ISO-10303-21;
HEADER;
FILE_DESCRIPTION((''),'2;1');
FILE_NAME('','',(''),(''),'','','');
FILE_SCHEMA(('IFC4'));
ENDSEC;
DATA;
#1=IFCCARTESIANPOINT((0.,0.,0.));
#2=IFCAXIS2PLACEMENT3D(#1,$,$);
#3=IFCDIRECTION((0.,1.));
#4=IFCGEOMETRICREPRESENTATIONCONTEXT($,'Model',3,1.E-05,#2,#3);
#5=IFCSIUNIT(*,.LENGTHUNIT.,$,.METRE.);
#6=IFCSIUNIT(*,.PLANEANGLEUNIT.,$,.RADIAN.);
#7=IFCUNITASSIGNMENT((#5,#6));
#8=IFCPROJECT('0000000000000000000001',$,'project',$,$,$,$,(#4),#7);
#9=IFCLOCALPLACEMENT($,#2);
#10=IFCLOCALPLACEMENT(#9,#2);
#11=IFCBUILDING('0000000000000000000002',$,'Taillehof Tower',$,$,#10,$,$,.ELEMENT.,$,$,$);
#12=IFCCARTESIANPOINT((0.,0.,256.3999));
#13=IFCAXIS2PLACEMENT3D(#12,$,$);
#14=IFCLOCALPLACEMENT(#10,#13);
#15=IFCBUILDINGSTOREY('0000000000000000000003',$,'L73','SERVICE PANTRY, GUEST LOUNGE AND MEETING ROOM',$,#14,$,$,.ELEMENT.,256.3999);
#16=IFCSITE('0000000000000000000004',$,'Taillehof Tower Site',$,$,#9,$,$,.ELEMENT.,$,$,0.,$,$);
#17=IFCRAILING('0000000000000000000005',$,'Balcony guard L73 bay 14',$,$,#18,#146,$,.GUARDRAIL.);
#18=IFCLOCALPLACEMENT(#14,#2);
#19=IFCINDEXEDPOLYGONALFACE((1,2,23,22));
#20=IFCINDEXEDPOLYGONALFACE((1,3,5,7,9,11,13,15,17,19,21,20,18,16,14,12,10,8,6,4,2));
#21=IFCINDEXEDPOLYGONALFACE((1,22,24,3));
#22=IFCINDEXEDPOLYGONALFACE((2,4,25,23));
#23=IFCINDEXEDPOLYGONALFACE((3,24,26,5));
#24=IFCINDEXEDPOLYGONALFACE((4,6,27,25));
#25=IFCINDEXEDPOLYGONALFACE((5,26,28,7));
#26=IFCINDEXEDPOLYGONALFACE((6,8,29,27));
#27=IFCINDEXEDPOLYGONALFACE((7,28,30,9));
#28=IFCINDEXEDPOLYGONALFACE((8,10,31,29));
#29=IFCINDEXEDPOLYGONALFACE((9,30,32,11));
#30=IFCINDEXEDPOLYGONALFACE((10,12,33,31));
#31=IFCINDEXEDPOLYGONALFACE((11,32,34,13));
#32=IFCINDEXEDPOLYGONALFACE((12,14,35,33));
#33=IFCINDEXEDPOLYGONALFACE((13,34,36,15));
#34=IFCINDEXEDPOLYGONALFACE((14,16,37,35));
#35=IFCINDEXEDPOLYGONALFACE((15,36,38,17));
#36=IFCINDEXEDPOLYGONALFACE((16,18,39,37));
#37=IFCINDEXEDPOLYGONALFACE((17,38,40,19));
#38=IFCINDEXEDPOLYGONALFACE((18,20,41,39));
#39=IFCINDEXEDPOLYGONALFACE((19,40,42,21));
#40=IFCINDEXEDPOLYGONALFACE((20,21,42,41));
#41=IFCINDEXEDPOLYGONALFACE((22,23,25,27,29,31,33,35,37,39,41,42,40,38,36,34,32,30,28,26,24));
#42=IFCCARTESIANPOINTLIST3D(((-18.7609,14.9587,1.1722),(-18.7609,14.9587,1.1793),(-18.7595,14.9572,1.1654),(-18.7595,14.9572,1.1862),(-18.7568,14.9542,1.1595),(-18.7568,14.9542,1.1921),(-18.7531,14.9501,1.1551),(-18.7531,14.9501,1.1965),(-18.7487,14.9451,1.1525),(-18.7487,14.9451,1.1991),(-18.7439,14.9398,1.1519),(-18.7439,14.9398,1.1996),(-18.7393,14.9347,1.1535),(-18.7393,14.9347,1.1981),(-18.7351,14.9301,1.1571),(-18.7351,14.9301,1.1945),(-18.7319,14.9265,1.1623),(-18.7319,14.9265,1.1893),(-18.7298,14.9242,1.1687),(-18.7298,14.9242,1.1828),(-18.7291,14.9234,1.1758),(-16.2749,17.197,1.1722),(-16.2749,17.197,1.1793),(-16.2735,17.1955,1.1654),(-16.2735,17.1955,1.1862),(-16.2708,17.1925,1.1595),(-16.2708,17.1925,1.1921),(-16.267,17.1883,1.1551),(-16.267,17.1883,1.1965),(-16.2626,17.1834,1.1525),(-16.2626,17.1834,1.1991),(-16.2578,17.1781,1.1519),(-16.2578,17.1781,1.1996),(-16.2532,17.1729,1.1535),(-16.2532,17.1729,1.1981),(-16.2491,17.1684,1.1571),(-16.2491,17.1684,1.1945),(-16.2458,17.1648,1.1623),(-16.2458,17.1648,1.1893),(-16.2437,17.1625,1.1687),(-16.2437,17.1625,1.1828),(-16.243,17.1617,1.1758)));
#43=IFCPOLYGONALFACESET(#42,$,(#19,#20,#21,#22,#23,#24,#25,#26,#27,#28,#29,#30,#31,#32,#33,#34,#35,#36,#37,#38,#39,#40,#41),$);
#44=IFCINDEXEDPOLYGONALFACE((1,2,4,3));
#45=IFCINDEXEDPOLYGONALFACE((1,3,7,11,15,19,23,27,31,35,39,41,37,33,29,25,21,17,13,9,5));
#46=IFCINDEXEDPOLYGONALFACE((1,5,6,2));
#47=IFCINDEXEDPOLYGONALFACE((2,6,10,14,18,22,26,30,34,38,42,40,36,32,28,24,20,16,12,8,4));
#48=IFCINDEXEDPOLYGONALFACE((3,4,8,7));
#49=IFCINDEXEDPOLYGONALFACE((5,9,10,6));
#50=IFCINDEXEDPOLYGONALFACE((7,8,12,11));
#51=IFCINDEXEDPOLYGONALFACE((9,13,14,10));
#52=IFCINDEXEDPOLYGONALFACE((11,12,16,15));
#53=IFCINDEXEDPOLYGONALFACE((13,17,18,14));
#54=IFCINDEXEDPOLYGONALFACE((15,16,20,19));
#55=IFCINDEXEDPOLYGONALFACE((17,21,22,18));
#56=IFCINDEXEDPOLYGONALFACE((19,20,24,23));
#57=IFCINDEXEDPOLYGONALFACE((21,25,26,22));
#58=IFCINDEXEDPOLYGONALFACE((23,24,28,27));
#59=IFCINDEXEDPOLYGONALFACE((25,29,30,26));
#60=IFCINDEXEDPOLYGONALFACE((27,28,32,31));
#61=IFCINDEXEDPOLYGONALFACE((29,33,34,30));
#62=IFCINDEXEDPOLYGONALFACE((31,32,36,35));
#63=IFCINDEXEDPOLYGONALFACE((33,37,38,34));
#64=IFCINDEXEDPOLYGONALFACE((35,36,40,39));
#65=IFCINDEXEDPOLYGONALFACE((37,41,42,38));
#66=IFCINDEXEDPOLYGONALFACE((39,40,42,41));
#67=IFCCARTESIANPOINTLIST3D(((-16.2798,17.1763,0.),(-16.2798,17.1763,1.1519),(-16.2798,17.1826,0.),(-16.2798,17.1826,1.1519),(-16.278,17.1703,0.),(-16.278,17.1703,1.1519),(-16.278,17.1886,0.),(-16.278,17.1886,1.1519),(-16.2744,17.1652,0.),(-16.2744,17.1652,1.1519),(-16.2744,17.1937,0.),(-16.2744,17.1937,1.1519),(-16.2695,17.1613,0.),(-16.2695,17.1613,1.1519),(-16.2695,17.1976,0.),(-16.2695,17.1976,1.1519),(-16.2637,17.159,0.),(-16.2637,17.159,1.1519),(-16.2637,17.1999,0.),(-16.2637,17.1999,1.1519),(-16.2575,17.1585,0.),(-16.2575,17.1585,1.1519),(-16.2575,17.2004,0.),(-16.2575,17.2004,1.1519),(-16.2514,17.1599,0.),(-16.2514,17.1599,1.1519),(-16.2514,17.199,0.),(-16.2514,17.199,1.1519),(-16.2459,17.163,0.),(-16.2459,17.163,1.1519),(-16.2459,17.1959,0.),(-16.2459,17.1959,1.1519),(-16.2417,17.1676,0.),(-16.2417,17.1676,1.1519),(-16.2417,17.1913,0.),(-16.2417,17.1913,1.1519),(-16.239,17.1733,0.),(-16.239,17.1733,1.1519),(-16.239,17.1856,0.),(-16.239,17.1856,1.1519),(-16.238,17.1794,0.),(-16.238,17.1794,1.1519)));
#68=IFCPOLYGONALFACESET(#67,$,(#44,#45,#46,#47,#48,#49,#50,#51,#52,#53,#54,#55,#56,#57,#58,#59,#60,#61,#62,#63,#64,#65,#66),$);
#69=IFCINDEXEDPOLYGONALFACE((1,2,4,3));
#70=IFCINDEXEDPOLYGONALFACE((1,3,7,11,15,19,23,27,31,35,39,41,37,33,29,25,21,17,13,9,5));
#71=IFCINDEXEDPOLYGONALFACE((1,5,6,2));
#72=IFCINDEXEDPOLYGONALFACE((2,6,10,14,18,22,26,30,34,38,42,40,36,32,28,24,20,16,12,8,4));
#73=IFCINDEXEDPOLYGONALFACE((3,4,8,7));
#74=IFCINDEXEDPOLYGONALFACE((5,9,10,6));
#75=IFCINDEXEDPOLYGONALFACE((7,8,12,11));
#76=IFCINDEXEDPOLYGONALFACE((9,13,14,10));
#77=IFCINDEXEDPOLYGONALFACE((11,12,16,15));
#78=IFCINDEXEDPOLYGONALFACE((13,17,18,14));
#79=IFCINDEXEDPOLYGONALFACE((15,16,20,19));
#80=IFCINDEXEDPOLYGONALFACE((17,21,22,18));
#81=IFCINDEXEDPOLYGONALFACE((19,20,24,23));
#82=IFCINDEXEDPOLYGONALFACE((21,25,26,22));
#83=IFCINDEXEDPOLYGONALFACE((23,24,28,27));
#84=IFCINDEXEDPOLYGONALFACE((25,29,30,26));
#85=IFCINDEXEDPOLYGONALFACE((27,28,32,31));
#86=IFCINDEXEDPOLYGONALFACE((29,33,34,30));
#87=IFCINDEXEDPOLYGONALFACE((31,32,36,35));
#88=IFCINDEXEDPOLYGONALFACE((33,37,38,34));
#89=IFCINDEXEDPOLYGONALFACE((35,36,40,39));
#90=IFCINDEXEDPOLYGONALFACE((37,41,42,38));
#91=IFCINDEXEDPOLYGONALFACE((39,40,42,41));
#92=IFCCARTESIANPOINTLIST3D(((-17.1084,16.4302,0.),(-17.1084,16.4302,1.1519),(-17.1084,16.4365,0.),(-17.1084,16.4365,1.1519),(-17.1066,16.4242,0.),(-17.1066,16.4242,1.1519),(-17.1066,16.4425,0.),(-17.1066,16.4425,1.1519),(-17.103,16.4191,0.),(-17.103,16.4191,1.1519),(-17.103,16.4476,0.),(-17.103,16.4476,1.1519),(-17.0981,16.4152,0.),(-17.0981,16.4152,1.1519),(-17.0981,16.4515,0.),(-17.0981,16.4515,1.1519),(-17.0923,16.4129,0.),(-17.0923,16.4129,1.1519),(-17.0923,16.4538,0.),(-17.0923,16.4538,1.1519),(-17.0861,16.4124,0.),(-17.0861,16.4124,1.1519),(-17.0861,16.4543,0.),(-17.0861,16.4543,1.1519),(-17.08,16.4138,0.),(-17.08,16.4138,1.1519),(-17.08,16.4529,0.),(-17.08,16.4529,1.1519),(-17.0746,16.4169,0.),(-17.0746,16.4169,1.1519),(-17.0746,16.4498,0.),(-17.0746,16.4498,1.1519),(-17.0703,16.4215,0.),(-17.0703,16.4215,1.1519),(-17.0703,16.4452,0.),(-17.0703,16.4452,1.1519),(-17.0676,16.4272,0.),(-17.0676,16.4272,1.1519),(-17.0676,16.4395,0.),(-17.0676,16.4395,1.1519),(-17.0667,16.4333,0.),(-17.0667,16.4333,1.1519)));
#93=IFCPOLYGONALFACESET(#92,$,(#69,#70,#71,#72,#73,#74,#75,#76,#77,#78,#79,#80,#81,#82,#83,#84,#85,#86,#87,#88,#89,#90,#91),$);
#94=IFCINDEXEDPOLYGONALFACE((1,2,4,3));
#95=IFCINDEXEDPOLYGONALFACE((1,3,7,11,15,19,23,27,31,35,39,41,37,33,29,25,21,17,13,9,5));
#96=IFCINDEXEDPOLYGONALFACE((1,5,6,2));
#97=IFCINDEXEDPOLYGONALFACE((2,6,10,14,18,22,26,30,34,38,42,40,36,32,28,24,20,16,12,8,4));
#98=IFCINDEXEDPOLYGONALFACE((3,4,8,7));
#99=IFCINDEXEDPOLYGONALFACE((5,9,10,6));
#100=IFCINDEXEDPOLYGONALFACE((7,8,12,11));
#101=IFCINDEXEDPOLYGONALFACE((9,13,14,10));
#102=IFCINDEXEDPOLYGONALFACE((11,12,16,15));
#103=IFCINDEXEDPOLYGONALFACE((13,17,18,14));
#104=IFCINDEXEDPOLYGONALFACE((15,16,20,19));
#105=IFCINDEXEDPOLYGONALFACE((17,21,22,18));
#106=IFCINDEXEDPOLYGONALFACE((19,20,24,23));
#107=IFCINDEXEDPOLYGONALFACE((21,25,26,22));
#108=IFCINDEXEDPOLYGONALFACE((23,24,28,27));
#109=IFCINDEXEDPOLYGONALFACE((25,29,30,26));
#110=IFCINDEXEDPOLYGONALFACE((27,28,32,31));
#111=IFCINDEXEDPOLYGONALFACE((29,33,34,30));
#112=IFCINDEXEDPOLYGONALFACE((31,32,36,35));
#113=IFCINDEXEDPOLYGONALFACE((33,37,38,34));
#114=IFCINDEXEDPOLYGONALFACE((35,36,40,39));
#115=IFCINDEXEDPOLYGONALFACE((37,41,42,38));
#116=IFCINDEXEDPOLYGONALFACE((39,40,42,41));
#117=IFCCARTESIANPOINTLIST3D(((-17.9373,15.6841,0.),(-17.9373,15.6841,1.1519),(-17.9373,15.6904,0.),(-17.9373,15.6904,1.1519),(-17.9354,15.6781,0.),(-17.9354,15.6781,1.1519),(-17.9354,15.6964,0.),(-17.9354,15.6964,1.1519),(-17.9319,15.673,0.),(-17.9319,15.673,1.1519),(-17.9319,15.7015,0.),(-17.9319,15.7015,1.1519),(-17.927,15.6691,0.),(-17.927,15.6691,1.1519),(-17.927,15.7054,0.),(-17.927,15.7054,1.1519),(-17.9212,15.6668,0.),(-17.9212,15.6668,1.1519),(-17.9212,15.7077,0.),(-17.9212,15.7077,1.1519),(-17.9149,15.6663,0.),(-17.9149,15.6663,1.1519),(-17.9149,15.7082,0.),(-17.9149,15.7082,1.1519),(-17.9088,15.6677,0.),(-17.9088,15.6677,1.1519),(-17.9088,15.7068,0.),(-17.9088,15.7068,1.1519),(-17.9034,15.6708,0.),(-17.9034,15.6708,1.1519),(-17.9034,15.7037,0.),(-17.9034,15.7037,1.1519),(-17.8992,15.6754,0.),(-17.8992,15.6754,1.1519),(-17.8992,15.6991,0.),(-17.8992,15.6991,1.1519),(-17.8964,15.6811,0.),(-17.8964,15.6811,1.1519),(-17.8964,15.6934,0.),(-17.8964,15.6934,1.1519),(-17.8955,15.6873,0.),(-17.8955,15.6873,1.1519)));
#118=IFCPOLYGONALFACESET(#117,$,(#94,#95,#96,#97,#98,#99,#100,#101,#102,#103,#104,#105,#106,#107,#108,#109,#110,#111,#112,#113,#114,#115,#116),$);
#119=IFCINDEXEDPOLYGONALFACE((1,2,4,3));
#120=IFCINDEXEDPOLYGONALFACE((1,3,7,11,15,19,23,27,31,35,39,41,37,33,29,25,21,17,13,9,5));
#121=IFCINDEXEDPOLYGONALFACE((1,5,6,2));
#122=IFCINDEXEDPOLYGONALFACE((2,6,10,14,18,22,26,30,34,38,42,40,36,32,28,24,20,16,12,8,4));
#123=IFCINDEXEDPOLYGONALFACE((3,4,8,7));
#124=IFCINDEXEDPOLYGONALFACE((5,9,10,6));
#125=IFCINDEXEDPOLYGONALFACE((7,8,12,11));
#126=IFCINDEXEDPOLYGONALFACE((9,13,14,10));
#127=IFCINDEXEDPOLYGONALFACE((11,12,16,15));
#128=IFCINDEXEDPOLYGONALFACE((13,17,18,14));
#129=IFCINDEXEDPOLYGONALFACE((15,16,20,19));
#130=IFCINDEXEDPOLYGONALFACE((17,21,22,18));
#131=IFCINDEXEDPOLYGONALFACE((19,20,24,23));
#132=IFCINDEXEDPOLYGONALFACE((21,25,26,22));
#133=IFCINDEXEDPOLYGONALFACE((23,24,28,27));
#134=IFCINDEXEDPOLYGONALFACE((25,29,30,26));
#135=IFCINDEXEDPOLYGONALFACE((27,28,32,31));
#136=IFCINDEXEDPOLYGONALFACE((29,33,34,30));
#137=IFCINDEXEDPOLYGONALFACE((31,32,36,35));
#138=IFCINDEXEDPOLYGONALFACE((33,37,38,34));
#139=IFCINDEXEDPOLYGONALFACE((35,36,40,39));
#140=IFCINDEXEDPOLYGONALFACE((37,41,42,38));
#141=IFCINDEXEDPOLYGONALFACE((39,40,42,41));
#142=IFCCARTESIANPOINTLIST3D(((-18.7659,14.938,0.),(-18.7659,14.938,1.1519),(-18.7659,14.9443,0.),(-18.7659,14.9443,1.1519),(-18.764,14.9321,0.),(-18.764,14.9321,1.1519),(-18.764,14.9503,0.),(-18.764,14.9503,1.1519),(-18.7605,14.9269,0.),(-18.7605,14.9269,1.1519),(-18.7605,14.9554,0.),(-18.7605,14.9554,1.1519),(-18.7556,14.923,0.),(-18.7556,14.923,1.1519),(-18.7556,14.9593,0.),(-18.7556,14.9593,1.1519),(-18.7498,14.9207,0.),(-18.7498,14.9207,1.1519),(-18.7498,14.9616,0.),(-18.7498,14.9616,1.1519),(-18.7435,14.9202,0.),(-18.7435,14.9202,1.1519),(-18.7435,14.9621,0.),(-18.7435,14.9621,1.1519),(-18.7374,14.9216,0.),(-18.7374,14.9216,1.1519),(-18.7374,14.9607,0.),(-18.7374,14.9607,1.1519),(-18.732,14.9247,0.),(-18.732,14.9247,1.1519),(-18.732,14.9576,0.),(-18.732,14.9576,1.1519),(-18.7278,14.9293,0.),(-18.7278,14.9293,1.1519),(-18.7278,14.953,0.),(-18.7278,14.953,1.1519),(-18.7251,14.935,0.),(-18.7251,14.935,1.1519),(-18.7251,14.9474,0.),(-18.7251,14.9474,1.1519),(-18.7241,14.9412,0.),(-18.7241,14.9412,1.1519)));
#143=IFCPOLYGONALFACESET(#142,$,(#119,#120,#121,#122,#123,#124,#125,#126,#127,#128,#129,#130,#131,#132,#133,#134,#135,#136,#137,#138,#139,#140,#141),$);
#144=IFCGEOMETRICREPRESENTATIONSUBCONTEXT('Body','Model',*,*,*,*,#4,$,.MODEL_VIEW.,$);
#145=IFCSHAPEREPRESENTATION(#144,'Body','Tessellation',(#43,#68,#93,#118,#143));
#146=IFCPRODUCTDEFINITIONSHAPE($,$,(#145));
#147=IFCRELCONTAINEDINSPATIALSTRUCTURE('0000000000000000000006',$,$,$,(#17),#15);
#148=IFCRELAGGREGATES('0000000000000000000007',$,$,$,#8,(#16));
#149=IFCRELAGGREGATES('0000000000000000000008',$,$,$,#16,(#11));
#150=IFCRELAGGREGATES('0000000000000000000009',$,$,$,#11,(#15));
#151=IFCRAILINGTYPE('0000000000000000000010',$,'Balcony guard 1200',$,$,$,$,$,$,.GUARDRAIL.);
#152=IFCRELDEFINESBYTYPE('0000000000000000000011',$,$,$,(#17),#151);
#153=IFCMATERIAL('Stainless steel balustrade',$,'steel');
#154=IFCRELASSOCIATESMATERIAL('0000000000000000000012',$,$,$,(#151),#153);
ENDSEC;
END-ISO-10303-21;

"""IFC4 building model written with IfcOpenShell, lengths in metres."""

from ifc_helpers import new_model, si_unit, direction, frame, origin, origin_2d, place, context, subcontext, project, spatial, circle, extrude, material, type_object, element, save


model = new_model("IFC4")

# Units and contexts
model_context = context("Model", 3, precision=1e-05, world=origin(), true_north=direction((0.0, 1.0)))
body_context = subcontext(model_context, "Body", "Model", "MODEL_VIEW")
ifc_project = project(units=[si_unit("LENGTHUNIT", "METRE"), si_unit("PLANEANGLEUNIT", "RADIAN")], contexts=[model_context])

# Site, building, storey
site_placement = place(None, origin())
site = spatial("IfcSite", under=ifc_project, at=site_placement, Name="Taillehof Tower Site", CompositionType="ELEMENT", RefElevation=0.0)
building_placement = place(site_placement, origin())
building = spatial("IfcBuilding", under=site, at=building_placement, Name="Taillehof Tower", CompositionType="ELEMENT")
storey_placement = place(building_placement, frame((0.0, 0.0, 256.3999)))
storey = spatial("IfcBuildingStorey", under=building, at=storey_placement, Name="L73", Description="SERVICE PANTRY, GUEST LOUNGE AND MEETING ROOM", CompositionType="ELEMENT", Elevation=256.3999)

# Railing
ifc_material_1 = material(Name="Stainless steel balustrade", Category="steel")
railing_type_1 = type_object("IfcRailingType", Name="Balcony guard 1200", PredefinedType="GUARDRAIL", material=ifc_material_1)
railing_1_placement = place(storey_placement, frame((-16.259, 17.1794, 0.0)))
element("IfcRailing", 1, at=railing_1_placement, inside=storey, type_object=railing_type_1, Name="Balcony guard L73 bay 14", PredefinedType="GUARDRAIL", context=body_context, shape_type="SweptSolid", body=[
    extrude(circle(Radius=0.0239, at=origin_2d()), frame((0.0, 0.0, 1.1758), z_axis=(-0.743174, -0.669098, 0.0), x_axis=(0.669098, -0.743174, 0.0)), (0.0, 0.0, 1.0), 3.3452),
    extrude(circle(Radius=0.021, at=origin_2d()), origin(), (0.0, 0.0, 1.0), 1.1519),
    extrude(circle(Radius=0.021, at=origin_2d()), frame((-0.8286, -0.7461, 0.0)), (0.0, 0.0, 1.0), 1.1519),
    extrude(circle(Radius=0.021, at=origin_2d()), frame((-1.6575, -1.4922, 0.0)), (0.0, 0.0, 1.0), 1.1519),
    extrude(circle(Radius=0.021, at=origin_2d()), frame((-2.4861, -2.2383, 0.0)), (0.0, 0.0, 1.0), 1.1519),
])

save(model, "model.ifc")
